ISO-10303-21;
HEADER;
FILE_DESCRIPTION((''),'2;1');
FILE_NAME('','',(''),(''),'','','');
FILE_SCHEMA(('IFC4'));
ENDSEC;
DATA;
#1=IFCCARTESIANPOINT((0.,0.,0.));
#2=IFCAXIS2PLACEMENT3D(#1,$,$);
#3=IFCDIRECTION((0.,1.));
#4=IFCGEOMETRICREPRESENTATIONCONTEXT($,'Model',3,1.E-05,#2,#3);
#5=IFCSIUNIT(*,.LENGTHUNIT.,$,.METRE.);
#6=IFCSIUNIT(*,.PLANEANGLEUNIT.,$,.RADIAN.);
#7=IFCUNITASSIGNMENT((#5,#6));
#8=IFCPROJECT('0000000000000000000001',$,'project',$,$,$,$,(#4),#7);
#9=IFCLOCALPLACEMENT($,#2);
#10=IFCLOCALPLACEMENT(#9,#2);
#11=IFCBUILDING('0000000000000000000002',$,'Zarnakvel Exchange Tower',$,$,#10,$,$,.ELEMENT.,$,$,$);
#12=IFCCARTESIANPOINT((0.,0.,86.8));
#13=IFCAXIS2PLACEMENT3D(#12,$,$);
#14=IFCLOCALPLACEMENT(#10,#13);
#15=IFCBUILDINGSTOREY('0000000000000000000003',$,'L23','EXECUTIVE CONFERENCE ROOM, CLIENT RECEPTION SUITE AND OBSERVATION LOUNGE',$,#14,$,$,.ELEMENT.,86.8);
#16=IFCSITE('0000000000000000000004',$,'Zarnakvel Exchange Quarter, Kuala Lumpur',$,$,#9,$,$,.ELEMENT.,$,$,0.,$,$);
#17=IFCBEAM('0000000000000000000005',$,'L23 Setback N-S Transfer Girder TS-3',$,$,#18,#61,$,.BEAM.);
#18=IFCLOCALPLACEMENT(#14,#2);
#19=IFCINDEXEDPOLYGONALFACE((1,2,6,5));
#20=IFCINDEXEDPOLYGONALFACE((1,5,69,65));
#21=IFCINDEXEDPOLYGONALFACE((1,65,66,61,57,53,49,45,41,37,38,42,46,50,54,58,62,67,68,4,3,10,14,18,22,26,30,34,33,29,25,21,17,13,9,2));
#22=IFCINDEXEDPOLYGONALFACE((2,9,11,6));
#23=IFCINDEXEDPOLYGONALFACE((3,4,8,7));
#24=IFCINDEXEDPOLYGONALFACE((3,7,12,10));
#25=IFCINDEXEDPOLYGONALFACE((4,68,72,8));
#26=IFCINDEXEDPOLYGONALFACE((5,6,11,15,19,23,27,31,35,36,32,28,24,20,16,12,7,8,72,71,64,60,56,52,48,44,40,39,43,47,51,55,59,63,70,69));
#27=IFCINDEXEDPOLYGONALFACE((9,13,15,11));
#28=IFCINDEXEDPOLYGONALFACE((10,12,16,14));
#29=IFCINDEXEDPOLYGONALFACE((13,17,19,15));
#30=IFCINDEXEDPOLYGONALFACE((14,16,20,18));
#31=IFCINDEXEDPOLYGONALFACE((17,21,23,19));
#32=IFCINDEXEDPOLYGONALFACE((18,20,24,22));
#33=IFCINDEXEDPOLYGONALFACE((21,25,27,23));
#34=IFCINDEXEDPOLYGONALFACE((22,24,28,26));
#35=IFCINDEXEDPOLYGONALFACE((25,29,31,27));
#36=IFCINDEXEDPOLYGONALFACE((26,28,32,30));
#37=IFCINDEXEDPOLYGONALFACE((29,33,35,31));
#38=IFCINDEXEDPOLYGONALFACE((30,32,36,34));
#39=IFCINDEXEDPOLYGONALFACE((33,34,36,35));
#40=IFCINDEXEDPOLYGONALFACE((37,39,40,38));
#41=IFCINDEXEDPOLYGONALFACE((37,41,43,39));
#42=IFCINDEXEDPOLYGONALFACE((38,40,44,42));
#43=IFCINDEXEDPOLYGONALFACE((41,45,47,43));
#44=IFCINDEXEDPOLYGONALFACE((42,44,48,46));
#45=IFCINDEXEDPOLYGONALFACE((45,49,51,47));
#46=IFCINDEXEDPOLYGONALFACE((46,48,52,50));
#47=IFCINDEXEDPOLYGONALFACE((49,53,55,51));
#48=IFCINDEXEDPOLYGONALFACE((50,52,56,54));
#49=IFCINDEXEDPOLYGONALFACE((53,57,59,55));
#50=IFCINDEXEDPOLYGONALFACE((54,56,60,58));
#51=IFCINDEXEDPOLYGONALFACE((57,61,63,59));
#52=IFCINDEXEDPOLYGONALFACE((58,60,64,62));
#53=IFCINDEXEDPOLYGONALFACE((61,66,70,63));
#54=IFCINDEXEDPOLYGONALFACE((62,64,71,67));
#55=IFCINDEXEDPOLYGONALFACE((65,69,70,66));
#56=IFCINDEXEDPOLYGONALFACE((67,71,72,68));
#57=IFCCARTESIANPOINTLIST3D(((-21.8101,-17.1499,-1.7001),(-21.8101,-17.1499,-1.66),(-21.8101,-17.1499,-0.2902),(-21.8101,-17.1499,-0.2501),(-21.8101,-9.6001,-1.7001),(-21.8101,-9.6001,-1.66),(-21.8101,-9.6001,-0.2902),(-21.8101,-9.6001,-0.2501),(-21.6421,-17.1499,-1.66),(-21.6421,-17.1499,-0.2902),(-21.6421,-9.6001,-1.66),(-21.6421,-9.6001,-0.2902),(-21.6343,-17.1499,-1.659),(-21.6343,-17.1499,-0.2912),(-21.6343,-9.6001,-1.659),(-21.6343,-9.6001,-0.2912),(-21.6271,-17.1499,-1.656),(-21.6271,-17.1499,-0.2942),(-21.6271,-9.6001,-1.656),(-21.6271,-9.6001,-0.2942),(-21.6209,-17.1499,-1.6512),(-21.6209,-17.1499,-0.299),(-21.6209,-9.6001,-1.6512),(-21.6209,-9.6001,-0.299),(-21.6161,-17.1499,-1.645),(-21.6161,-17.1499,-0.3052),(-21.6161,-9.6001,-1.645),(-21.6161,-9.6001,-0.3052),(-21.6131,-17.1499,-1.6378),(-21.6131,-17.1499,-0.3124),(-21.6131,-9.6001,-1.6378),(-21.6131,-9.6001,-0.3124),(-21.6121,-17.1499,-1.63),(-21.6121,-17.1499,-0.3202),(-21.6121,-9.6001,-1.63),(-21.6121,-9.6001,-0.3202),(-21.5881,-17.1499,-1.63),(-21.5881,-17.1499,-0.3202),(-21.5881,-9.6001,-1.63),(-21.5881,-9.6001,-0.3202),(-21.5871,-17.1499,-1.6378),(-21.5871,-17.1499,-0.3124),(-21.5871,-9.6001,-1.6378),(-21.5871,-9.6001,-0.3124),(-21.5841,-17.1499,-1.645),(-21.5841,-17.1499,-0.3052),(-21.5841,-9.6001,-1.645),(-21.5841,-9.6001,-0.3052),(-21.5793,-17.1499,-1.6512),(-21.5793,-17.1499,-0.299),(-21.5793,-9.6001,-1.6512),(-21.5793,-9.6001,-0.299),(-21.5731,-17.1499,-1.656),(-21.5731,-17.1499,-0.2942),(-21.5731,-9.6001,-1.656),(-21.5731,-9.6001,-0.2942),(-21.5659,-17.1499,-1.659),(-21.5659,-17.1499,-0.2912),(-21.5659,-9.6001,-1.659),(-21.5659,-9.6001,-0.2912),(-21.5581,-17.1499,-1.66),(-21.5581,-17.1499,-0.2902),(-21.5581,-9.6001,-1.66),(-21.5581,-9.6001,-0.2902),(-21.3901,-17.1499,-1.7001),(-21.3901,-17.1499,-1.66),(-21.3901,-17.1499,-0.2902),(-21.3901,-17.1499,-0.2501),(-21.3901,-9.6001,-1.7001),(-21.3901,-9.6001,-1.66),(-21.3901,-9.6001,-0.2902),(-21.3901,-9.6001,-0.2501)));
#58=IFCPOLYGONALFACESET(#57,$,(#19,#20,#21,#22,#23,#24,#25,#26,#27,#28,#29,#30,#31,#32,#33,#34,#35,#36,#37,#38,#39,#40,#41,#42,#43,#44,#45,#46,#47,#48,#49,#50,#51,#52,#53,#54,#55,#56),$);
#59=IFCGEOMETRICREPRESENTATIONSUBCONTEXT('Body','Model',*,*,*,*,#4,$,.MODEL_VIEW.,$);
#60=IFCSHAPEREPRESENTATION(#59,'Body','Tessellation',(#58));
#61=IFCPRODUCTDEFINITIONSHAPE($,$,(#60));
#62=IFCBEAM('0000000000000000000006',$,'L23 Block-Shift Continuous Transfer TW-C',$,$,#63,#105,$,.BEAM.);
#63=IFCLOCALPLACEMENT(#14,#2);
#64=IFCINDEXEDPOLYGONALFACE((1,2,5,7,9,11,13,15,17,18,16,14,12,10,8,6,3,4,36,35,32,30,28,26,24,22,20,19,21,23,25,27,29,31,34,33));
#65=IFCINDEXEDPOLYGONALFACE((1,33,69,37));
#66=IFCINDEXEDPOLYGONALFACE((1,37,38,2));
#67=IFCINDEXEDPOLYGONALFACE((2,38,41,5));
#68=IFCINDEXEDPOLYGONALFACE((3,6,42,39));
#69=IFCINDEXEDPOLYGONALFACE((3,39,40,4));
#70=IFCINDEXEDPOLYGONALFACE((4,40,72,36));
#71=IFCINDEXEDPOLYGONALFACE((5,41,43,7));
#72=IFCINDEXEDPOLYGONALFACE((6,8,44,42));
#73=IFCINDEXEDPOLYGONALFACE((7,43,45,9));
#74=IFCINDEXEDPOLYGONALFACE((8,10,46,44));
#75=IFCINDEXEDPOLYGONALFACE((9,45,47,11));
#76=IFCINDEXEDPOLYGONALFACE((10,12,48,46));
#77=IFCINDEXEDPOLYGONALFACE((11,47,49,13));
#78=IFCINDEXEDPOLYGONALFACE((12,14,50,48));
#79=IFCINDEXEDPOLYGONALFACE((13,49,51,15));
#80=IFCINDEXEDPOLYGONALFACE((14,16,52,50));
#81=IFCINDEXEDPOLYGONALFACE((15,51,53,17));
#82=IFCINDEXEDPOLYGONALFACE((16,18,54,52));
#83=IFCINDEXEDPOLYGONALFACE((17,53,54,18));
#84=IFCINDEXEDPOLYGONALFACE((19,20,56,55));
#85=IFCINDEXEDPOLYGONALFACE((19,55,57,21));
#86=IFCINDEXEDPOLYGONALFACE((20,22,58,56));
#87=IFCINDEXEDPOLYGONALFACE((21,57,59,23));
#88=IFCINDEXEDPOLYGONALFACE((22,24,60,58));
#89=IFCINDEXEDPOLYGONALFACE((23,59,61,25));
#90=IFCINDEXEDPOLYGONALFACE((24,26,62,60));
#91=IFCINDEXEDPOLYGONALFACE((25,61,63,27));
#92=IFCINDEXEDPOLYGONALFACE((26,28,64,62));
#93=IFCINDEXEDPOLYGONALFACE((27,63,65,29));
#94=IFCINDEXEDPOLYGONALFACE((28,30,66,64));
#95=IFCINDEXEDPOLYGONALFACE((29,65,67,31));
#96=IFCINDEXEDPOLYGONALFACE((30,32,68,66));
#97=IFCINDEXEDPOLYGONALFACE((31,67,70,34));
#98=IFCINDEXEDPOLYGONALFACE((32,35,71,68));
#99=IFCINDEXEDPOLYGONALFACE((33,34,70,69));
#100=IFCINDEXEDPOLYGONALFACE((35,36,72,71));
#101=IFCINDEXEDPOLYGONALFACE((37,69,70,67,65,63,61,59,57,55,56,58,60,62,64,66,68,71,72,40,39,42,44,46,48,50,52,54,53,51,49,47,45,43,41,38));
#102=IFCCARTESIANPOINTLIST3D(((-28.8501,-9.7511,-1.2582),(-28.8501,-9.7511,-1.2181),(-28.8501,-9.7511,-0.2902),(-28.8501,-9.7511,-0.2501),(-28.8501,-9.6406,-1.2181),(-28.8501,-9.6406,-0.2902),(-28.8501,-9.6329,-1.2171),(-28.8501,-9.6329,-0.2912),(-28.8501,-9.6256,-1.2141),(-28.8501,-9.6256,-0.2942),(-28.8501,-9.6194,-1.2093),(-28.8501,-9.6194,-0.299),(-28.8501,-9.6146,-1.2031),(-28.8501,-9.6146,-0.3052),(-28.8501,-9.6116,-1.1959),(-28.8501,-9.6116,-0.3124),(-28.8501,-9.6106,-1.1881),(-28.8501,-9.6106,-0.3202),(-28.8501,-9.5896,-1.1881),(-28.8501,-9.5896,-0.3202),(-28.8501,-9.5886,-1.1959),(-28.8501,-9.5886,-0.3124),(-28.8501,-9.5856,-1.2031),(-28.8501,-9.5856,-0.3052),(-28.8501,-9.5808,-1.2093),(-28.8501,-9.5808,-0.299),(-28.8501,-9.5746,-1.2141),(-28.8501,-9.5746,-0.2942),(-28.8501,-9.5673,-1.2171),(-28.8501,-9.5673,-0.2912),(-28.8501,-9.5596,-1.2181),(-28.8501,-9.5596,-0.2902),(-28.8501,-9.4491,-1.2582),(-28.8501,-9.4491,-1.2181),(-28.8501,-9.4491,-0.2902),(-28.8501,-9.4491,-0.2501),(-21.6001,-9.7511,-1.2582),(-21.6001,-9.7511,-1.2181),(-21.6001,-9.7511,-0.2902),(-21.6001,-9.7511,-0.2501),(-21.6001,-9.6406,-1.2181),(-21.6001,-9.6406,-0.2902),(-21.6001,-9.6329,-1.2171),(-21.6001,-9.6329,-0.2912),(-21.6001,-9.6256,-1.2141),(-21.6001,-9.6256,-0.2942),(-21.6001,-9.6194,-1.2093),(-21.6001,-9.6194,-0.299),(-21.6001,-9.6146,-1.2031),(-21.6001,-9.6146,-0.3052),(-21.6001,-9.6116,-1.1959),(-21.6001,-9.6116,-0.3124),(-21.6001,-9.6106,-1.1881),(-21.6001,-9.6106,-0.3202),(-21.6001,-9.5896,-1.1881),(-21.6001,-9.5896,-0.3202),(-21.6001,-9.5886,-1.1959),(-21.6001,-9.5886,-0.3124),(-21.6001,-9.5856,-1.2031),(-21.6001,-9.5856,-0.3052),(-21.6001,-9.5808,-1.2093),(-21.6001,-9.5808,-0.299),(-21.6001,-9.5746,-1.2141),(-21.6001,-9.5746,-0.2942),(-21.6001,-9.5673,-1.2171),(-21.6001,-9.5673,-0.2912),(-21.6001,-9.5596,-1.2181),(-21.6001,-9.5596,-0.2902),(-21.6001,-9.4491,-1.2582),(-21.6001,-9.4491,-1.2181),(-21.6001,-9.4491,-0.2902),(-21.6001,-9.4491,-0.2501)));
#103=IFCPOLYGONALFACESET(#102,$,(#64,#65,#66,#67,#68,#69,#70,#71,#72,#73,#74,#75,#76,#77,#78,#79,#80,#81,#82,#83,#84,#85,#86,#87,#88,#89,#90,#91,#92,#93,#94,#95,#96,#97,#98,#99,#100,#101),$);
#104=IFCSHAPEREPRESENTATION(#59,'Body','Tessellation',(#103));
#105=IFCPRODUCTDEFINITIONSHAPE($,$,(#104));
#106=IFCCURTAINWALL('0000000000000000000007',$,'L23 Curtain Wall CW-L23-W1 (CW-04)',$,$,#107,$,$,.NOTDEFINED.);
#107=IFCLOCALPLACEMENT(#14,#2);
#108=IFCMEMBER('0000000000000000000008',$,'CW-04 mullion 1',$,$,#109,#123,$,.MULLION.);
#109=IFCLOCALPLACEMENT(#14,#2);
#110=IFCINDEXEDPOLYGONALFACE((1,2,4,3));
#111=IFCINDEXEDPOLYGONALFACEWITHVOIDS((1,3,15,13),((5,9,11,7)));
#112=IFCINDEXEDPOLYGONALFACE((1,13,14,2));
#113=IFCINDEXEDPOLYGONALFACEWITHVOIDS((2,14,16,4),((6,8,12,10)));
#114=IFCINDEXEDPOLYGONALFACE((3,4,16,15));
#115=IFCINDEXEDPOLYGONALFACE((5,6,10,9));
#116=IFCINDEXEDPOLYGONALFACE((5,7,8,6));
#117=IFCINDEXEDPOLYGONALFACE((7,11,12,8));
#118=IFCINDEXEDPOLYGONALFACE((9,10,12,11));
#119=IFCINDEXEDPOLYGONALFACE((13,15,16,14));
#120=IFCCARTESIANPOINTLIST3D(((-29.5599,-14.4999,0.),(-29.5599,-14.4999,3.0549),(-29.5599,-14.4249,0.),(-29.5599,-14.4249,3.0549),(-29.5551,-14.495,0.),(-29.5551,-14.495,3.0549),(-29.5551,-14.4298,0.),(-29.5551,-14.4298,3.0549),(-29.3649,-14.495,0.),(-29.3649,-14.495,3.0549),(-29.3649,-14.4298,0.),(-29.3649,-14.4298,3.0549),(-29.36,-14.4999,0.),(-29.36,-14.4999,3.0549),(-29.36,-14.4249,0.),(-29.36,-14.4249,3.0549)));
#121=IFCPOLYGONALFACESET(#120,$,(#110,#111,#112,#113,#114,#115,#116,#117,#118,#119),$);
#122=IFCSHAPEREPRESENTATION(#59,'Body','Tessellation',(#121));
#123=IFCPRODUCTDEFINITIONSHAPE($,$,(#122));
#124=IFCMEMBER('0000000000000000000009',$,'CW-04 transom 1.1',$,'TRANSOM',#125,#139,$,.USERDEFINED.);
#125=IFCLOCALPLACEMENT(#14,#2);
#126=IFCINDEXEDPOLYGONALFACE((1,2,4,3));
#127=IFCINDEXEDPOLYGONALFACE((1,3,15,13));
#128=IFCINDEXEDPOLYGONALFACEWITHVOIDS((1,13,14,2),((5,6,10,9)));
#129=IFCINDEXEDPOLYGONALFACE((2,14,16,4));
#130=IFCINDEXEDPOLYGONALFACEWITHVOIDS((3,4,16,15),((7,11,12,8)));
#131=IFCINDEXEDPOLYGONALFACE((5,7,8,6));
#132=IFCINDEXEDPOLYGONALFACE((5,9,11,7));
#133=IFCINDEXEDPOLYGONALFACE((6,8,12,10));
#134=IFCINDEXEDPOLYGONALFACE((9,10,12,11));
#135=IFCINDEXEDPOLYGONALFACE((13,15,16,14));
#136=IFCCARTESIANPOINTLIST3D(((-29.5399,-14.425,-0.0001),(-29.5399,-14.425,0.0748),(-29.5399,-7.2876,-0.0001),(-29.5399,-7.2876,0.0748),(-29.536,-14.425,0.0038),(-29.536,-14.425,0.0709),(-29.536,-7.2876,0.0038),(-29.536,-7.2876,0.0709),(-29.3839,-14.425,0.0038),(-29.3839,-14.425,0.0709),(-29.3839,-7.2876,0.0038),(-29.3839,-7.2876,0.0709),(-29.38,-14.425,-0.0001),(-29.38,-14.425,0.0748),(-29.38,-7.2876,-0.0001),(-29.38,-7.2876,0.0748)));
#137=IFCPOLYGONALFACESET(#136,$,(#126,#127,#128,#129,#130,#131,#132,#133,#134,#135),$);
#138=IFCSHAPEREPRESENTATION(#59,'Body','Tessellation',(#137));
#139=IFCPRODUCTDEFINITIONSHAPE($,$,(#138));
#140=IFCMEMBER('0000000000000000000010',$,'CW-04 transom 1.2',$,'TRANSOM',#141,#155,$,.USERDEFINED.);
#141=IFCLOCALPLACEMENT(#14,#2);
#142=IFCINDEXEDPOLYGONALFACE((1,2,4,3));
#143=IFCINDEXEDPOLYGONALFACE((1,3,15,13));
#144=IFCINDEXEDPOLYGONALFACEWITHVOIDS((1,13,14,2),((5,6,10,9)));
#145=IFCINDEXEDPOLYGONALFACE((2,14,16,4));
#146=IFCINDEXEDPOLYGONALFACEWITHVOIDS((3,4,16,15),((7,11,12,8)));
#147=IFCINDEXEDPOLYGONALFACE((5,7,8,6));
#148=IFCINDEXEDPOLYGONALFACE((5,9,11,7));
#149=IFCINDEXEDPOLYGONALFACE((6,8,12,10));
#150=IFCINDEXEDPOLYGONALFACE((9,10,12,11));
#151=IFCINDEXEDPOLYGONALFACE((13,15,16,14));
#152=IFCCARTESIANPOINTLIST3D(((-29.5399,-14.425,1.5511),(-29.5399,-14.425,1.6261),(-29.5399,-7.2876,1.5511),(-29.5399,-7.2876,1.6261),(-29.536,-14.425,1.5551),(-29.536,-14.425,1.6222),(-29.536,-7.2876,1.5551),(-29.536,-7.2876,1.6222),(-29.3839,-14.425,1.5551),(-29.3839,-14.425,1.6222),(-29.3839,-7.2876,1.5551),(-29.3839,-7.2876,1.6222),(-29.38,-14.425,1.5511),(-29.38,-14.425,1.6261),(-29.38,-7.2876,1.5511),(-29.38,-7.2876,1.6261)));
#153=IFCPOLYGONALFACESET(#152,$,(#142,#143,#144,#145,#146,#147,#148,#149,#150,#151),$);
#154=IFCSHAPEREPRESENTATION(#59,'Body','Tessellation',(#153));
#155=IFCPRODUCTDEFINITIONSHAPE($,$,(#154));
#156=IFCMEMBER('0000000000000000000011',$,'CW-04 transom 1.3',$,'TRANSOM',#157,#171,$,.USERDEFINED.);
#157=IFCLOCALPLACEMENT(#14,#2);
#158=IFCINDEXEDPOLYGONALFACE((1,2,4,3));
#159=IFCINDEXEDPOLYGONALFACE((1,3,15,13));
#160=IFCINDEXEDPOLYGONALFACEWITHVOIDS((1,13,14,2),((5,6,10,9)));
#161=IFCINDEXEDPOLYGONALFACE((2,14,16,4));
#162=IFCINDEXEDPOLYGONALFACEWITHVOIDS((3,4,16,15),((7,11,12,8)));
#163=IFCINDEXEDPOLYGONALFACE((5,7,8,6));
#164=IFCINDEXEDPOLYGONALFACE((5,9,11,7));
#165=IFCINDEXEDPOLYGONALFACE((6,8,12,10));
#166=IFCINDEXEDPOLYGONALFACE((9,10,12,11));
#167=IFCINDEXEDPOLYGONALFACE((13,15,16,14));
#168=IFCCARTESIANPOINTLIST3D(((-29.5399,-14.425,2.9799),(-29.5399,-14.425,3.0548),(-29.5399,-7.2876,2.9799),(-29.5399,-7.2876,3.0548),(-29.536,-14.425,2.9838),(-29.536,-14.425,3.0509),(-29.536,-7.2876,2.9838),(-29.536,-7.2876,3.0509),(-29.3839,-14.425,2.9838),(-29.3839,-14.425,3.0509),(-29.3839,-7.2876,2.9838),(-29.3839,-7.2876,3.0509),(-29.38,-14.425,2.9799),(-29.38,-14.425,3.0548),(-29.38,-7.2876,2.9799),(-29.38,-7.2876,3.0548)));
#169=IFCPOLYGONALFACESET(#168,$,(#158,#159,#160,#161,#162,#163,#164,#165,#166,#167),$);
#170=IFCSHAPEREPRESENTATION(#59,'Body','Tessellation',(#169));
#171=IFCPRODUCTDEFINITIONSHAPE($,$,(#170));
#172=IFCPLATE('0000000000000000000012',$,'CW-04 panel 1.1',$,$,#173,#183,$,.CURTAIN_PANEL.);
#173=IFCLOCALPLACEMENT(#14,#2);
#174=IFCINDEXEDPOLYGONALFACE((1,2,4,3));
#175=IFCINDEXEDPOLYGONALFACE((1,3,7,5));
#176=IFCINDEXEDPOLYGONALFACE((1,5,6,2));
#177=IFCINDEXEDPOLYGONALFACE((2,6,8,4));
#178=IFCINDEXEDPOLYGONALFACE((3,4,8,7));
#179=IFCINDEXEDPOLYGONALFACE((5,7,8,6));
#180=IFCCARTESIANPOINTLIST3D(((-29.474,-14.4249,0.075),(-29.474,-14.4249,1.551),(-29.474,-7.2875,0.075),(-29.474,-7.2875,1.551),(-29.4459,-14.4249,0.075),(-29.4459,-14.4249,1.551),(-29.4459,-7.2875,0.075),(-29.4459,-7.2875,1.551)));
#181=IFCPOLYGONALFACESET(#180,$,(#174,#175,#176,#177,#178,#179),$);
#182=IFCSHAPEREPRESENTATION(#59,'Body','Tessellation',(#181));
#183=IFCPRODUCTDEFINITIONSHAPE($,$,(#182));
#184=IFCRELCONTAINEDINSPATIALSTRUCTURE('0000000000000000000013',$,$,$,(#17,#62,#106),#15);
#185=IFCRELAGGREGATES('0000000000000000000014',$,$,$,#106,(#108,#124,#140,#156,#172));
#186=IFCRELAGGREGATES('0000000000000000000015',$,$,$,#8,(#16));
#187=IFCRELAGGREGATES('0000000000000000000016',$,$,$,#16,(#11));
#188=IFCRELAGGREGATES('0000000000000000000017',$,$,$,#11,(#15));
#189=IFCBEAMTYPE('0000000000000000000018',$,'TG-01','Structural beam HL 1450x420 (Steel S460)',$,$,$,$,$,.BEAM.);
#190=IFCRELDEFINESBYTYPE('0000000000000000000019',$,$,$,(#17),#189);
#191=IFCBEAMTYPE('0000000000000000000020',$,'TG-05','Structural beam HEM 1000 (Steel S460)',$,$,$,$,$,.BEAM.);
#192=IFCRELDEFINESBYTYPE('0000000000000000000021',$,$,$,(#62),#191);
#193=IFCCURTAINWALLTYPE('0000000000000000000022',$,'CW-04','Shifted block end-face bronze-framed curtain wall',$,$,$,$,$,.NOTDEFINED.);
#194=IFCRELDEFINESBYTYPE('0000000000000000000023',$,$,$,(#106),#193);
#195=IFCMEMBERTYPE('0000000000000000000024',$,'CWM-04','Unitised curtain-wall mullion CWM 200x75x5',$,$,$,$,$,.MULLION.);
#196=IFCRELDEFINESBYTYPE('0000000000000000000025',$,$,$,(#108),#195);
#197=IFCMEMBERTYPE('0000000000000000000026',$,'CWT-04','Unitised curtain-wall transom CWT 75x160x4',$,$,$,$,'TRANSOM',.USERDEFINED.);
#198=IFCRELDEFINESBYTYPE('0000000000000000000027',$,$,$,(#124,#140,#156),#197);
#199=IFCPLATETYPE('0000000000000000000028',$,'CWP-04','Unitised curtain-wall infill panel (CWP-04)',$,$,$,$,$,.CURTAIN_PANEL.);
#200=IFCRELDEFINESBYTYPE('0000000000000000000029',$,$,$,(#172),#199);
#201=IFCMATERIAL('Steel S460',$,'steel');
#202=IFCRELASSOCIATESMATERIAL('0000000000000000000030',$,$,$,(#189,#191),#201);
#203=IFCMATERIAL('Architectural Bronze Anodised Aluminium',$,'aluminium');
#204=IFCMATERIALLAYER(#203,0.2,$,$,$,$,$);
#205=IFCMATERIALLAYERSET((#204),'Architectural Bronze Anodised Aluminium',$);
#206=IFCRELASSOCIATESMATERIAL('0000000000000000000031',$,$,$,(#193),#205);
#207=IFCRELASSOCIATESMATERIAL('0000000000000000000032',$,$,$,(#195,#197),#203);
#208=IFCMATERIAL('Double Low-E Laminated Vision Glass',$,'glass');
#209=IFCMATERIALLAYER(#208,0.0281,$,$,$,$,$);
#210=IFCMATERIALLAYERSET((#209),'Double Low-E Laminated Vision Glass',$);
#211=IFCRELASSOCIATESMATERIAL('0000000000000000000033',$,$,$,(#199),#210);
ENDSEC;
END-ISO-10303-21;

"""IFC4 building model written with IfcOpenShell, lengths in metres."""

from ifc_helpers import new_model, si_unit, direction, frame, origin, origin_2d, place, context, subcontext, project, spatial, rectangle, hollow_rectangle, i_section, extrude, source, transform, mapped, material, layer, layer_set, material_profile, profile_set, type_object, element, aggregate, save


model = new_model("IFC4")

# Units and contexts
model_context = context("Model", 3, precision=1e-05, world=origin(), true_north=direction((0.0, 1.0)))
body_context = subcontext(model_context, "Body", "Model", "MODEL_VIEW")
ifc_project = project(units=[si_unit("LENGTHUNIT", "METRE"), si_unit("PLANEANGLEUNIT", "RADIAN")], contexts=[model_context])

# Site, building, storey
site_placement = place(None, origin())
site = spatial("IfcSite", under=ifc_project, at=site_placement, Name="Zarnakvel Exchange Quarter, Kuala Lumpur", CompositionType="ELEMENT", RefElevation=0.0)
building_placement = place(site_placement, origin())
building = spatial("IfcBuilding", under=site, at=building_placement, Name="Zarnakvel Exchange Tower", CompositionType="ELEMENT")
storey_placement = place(building_placement, frame((0.0, 0.0, 86.8)))
storey = spatial("IfcBuildingStorey", under=building, at=storey_placement, Name="L23", Description="EXECUTIVE CONFERENCE ROOM, CLIENT RECEPTION SUITE AND OBSERVATION LOUNGE", CompositionType="ELEMENT", Elevation=86.8)

# Beams
ifc_material_1 = material(Name="Steel S460", Category="steel")
ifc_material_profile_1 = material_profile(ifc_material_1, i_section(OverallWidth=0.4199, OverallDepth=1.45, WebThickness=0.0239, FlangeThickness=0.04, FilletRadius=0.03, at=origin_2d()))
ifc_profile_set_1 = profile_set([ifc_material_profile_1], Name="Steel S460")
beam_type_1 = type_object("IfcBeamType", Name="TG-01", Description="Structural beam HL 1450x420 (Steel S460)", PredefinedType="BEAM", material=ifc_profile_set_1)
for number, where, z_axis, x_axis, name in (
    (1, (-21.6001, -17.1499, -0.9751), (0.0, 1.0, 0.0), (-1.0, 0.0, 0.0), "L23 Setback N-S Transfer Girder TS-3"),
):
    element("IfcBeam", number, at=place(storey_placement, frame(where, z_axis=z_axis, x_axis=x_axis)), inside=storey, type_object=beam_type_1, Name=name, PredefinedType="BEAM", context=body_context, shape_type="SweptSolid", body=[
        extrude(i_section(OverallWidth=0.4199, OverallDepth=1.45, WebThickness=0.0239, FlangeThickness=0.04, FilletRadius=0.03, at=origin_2d()), origin(), (0.0, 0.0, 1.0), 7.5498),
    ])
ifc_material_profile_2 = material_profile(ifc_material_1, i_section(OverallWidth=0.302, OverallDepth=1.0081, WebThickness=0.021, FlangeThickness=0.04, FilletRadius=0.03, at=origin_2d()))
ifc_profile_set_2 = profile_set([ifc_material_profile_2], Name="Steel S460")
beam_type_2 = type_object("IfcBeamType", Name="TG-05", Description="Structural beam HEM 1000 (Steel S460)", PredefinedType="BEAM", material=ifc_profile_set_2)
beam_1_placement = place(storey_placement, frame((-28.8501, -9.6001, -0.7542), z_axis=(1.0, 0.0, 0.0), x_axis=(0.0, 1.0, 0.0)))
element("IfcBeam", 2, at=beam_1_placement, inside=storey, type_object=beam_type_2, Name="L23 Block-Shift Continuous Transfer TW-C", PredefinedType="BEAM", context=body_context, shape_type="SweptSolid", body=[
    extrude(i_section(OverallWidth=0.302, OverallDepth=1.0081, WebThickness=0.021, FlangeThickness=0.04, FilletRadius=0.03, at=origin_2d()), origin(), (0.0, 0.0, 1.0), 7.25),
])

# Curtain wall, members, plate
ifc_material_2 = material(Name="Architectural Bronze Anodised Aluminium", Category="aluminium")
ifc_layer_1 = layer(ifc_material_2, 0.2)
ifc_layer_set_1 = layer_set([ifc_layer_1], Name="Architectural Bronze Anodised Aluminium")
curtain_wall_type = type_object("IfcCurtainWallType", Name="CW-04", Description="Shifted block end-face bronze-framed curtain wall", PredefinedType="NOTDEFINED", material=ifc_layer_set_1)
curtain_wall_placement = place(storey_placement, origin())
curtain_wall = element("IfcCurtainWall", 3, at=curtain_wall_placement, inside=storey, type_object=curtain_wall_type, Name="L23 Curtain Wall CW-L23-W1 (CW-04)", PredefinedType="NOTDEFINED")
ifc_material_profile_3 = material_profile(ifc_material_2, hollow_rectangle(XDim=0.2, YDim=0.075, WallThickness=0.0049, at=origin_2d()))
ifc_profile_set_3 = profile_set([ifc_material_profile_3], Name="Architectural Bronze Anodised Aluminium")
member_type_1 = type_object("IfcMemberType", Name="CWM-04", Description="Unitised curtain-wall mullion CWM 200x75x5", PredefinedType="MULLION", material=ifc_profile_set_3)
shared_shape_1 = source(origin(), body_context, "Body", "SweptSolid", [
    extrude(hollow_rectangle(XDim=0.2, YDim=0.075, WallThickness=0.0049, at=origin_2d()), origin(), (0.0, 0.0, 1.0), 3.0549),
])
member_1_placement = place(storey_placement, frame((-29.46, -14.4624, 0.0), z_axis=(0.0, 0.0, 1.0), x_axis=(-1.0, 0.0, 0.0)))
member_1 = element("IfcMember", 4, at=member_1_placement, type_object=member_type_1, Name="CW-04 mullion 1", PredefinedType="MULLION", context=body_context, shape_type="MappedRepresentation", body=[
    mapped(shared_shape_1, transform((0.0, 0.0, 0.0), x_axis=(1.0, 0.0, 0.0), y_axis=(0.0, 1.0, 0.0), z_axis=(0.0, 0.0, 1.0), scale=1.0)),
])
ifc_material_profile_4 = material_profile(ifc_material_2, hollow_rectangle(XDim=0.1599, YDim=0.075, WallThickness=0.0039, at=origin_2d()))
ifc_profile_set_4 = profile_set([ifc_material_profile_4], Name="Architectural Bronze Anodised Aluminium")
member_type_2 = type_object("IfcMemberType", Name="CWT-04", Description="Unitised curtain-wall transom CWT 75x160x4", ElementType="TRANSOM", PredefinedType="USERDEFINED", material=ifc_profile_set_4)
shared_shape_2 = source(origin(), body_context, "Body", "SweptSolid", [
    extrude(hollow_rectangle(XDim=0.1599, YDim=0.075, WallThickness=0.0039, at=origin_2d()), origin(), (0.0, 0.0, 1.0), 7.1375),
])
member_2_placement = place(storey_placement, frame((-29.46, -14.425, 0.0374), z_axis=(0.0, 1.0, 0.0), x_axis=(-1.0, 0.0, 0.0)))
member_2 = element("IfcMember", 5, at=member_2_placement, type_object=member_type_2, Name="CW-04 transom 1.1", ObjectType="TRANSOM", PredefinedType="USERDEFINED", context=body_context, shape_type="MappedRepresentation", body=[
    mapped(shared_shape_2, transform((0.0, 0.0, 0.0), x_axis=(1.0, 0.0, 0.0), y_axis=(0.0, 1.0, 0.0), z_axis=(0.0, 0.0, 1.0), scale=1.0)),
])
member_3_placement = place(storey_placement, frame((-29.46, -14.425, 1.5886), z_axis=(0.0, 1.0, 0.0), x_axis=(-1.0, 0.0, 0.0)))
member_3 = element("IfcMember", 6, at=member_3_placement, type_object=member_type_2, Name="CW-04 transom 1.2", ObjectType="TRANSOM", PredefinedType="USERDEFINED", context=body_context, shape_type="MappedRepresentation", body=[
    mapped(shared_shape_2, transform((0.0, 0.0, 0.0), x_axis=(1.0, 0.0, 0.0), y_axis=(0.0, 1.0, 0.0), z_axis=(0.0, 0.0, 1.0), scale=1.0)),
])
member_4_placement = place(storey_placement, frame((-29.46, -14.425, 3.0173), z_axis=(0.0, 1.0, 0.0), x_axis=(-1.0, 0.0, 0.0)))
member_4 = element("IfcMember", 7, at=member_4_placement, type_object=member_type_2, Name="CW-04 transom 1.3", ObjectType="TRANSOM", PredefinedType="USERDEFINED", context=body_context, shape_type="MappedRepresentation", body=[
    mapped(shared_shape_2, transform((0.0, 0.0, 0.0), x_axis=(1.0, 0.0, 0.0), y_axis=(0.0, 1.0, 0.0), z_axis=(0.0, 0.0, 1.0), scale=1.0)),
])
ifc_material_3 = material(Name="Double Low-E Laminated Vision Glass", Category="glass")
ifc_layer_2 = layer(ifc_material_3, 0.0281)
ifc_layer_set_2 = layer_set([ifc_layer_2], Name="Double Low-E Laminated Vision Glass")
plate_type = type_object("IfcPlateType", Name="CWP-04", Description="Unitised curtain-wall infill panel (CWP-04)", PredefinedType="CURTAIN_PANEL", material=ifc_layer_set_2)
shared_shape_3 = source(origin(), body_context, "Body", "SweptSolid", [
    extrude(rectangle(XDim=7.1375, YDim=0.0281, at=origin_2d()), origin(), (0.0, 0.0, 1.0), 1.4761),
])
plate_1_placement = place(storey_placement, frame((-29.46, -10.8562, 0.075), z_axis=(0.0, 0.0, 1.0), x_axis=(0.0, 1.0, 0.0)))
plate_1 = element("IfcPlate", 8, at=plate_1_placement, type_object=plate_type, Name="CW-04 panel 1.1", PredefinedType="CURTAIN_PANEL", context=body_context, shape_type="MappedRepresentation", body=[
    mapped(shared_shape_3, transform((0.0, 0.0, 0.0), x_axis=(1.0, 0.0, 0.0), y_axis=(0.0, 1.0, 0.0), z_axis=(0.0, 0.0, 1.0), scale=1.0)),
])
aggregate(curtain_wall, [member_1, member_2, member_3, member_4, plate_1])

save(model, "model.ifc")
